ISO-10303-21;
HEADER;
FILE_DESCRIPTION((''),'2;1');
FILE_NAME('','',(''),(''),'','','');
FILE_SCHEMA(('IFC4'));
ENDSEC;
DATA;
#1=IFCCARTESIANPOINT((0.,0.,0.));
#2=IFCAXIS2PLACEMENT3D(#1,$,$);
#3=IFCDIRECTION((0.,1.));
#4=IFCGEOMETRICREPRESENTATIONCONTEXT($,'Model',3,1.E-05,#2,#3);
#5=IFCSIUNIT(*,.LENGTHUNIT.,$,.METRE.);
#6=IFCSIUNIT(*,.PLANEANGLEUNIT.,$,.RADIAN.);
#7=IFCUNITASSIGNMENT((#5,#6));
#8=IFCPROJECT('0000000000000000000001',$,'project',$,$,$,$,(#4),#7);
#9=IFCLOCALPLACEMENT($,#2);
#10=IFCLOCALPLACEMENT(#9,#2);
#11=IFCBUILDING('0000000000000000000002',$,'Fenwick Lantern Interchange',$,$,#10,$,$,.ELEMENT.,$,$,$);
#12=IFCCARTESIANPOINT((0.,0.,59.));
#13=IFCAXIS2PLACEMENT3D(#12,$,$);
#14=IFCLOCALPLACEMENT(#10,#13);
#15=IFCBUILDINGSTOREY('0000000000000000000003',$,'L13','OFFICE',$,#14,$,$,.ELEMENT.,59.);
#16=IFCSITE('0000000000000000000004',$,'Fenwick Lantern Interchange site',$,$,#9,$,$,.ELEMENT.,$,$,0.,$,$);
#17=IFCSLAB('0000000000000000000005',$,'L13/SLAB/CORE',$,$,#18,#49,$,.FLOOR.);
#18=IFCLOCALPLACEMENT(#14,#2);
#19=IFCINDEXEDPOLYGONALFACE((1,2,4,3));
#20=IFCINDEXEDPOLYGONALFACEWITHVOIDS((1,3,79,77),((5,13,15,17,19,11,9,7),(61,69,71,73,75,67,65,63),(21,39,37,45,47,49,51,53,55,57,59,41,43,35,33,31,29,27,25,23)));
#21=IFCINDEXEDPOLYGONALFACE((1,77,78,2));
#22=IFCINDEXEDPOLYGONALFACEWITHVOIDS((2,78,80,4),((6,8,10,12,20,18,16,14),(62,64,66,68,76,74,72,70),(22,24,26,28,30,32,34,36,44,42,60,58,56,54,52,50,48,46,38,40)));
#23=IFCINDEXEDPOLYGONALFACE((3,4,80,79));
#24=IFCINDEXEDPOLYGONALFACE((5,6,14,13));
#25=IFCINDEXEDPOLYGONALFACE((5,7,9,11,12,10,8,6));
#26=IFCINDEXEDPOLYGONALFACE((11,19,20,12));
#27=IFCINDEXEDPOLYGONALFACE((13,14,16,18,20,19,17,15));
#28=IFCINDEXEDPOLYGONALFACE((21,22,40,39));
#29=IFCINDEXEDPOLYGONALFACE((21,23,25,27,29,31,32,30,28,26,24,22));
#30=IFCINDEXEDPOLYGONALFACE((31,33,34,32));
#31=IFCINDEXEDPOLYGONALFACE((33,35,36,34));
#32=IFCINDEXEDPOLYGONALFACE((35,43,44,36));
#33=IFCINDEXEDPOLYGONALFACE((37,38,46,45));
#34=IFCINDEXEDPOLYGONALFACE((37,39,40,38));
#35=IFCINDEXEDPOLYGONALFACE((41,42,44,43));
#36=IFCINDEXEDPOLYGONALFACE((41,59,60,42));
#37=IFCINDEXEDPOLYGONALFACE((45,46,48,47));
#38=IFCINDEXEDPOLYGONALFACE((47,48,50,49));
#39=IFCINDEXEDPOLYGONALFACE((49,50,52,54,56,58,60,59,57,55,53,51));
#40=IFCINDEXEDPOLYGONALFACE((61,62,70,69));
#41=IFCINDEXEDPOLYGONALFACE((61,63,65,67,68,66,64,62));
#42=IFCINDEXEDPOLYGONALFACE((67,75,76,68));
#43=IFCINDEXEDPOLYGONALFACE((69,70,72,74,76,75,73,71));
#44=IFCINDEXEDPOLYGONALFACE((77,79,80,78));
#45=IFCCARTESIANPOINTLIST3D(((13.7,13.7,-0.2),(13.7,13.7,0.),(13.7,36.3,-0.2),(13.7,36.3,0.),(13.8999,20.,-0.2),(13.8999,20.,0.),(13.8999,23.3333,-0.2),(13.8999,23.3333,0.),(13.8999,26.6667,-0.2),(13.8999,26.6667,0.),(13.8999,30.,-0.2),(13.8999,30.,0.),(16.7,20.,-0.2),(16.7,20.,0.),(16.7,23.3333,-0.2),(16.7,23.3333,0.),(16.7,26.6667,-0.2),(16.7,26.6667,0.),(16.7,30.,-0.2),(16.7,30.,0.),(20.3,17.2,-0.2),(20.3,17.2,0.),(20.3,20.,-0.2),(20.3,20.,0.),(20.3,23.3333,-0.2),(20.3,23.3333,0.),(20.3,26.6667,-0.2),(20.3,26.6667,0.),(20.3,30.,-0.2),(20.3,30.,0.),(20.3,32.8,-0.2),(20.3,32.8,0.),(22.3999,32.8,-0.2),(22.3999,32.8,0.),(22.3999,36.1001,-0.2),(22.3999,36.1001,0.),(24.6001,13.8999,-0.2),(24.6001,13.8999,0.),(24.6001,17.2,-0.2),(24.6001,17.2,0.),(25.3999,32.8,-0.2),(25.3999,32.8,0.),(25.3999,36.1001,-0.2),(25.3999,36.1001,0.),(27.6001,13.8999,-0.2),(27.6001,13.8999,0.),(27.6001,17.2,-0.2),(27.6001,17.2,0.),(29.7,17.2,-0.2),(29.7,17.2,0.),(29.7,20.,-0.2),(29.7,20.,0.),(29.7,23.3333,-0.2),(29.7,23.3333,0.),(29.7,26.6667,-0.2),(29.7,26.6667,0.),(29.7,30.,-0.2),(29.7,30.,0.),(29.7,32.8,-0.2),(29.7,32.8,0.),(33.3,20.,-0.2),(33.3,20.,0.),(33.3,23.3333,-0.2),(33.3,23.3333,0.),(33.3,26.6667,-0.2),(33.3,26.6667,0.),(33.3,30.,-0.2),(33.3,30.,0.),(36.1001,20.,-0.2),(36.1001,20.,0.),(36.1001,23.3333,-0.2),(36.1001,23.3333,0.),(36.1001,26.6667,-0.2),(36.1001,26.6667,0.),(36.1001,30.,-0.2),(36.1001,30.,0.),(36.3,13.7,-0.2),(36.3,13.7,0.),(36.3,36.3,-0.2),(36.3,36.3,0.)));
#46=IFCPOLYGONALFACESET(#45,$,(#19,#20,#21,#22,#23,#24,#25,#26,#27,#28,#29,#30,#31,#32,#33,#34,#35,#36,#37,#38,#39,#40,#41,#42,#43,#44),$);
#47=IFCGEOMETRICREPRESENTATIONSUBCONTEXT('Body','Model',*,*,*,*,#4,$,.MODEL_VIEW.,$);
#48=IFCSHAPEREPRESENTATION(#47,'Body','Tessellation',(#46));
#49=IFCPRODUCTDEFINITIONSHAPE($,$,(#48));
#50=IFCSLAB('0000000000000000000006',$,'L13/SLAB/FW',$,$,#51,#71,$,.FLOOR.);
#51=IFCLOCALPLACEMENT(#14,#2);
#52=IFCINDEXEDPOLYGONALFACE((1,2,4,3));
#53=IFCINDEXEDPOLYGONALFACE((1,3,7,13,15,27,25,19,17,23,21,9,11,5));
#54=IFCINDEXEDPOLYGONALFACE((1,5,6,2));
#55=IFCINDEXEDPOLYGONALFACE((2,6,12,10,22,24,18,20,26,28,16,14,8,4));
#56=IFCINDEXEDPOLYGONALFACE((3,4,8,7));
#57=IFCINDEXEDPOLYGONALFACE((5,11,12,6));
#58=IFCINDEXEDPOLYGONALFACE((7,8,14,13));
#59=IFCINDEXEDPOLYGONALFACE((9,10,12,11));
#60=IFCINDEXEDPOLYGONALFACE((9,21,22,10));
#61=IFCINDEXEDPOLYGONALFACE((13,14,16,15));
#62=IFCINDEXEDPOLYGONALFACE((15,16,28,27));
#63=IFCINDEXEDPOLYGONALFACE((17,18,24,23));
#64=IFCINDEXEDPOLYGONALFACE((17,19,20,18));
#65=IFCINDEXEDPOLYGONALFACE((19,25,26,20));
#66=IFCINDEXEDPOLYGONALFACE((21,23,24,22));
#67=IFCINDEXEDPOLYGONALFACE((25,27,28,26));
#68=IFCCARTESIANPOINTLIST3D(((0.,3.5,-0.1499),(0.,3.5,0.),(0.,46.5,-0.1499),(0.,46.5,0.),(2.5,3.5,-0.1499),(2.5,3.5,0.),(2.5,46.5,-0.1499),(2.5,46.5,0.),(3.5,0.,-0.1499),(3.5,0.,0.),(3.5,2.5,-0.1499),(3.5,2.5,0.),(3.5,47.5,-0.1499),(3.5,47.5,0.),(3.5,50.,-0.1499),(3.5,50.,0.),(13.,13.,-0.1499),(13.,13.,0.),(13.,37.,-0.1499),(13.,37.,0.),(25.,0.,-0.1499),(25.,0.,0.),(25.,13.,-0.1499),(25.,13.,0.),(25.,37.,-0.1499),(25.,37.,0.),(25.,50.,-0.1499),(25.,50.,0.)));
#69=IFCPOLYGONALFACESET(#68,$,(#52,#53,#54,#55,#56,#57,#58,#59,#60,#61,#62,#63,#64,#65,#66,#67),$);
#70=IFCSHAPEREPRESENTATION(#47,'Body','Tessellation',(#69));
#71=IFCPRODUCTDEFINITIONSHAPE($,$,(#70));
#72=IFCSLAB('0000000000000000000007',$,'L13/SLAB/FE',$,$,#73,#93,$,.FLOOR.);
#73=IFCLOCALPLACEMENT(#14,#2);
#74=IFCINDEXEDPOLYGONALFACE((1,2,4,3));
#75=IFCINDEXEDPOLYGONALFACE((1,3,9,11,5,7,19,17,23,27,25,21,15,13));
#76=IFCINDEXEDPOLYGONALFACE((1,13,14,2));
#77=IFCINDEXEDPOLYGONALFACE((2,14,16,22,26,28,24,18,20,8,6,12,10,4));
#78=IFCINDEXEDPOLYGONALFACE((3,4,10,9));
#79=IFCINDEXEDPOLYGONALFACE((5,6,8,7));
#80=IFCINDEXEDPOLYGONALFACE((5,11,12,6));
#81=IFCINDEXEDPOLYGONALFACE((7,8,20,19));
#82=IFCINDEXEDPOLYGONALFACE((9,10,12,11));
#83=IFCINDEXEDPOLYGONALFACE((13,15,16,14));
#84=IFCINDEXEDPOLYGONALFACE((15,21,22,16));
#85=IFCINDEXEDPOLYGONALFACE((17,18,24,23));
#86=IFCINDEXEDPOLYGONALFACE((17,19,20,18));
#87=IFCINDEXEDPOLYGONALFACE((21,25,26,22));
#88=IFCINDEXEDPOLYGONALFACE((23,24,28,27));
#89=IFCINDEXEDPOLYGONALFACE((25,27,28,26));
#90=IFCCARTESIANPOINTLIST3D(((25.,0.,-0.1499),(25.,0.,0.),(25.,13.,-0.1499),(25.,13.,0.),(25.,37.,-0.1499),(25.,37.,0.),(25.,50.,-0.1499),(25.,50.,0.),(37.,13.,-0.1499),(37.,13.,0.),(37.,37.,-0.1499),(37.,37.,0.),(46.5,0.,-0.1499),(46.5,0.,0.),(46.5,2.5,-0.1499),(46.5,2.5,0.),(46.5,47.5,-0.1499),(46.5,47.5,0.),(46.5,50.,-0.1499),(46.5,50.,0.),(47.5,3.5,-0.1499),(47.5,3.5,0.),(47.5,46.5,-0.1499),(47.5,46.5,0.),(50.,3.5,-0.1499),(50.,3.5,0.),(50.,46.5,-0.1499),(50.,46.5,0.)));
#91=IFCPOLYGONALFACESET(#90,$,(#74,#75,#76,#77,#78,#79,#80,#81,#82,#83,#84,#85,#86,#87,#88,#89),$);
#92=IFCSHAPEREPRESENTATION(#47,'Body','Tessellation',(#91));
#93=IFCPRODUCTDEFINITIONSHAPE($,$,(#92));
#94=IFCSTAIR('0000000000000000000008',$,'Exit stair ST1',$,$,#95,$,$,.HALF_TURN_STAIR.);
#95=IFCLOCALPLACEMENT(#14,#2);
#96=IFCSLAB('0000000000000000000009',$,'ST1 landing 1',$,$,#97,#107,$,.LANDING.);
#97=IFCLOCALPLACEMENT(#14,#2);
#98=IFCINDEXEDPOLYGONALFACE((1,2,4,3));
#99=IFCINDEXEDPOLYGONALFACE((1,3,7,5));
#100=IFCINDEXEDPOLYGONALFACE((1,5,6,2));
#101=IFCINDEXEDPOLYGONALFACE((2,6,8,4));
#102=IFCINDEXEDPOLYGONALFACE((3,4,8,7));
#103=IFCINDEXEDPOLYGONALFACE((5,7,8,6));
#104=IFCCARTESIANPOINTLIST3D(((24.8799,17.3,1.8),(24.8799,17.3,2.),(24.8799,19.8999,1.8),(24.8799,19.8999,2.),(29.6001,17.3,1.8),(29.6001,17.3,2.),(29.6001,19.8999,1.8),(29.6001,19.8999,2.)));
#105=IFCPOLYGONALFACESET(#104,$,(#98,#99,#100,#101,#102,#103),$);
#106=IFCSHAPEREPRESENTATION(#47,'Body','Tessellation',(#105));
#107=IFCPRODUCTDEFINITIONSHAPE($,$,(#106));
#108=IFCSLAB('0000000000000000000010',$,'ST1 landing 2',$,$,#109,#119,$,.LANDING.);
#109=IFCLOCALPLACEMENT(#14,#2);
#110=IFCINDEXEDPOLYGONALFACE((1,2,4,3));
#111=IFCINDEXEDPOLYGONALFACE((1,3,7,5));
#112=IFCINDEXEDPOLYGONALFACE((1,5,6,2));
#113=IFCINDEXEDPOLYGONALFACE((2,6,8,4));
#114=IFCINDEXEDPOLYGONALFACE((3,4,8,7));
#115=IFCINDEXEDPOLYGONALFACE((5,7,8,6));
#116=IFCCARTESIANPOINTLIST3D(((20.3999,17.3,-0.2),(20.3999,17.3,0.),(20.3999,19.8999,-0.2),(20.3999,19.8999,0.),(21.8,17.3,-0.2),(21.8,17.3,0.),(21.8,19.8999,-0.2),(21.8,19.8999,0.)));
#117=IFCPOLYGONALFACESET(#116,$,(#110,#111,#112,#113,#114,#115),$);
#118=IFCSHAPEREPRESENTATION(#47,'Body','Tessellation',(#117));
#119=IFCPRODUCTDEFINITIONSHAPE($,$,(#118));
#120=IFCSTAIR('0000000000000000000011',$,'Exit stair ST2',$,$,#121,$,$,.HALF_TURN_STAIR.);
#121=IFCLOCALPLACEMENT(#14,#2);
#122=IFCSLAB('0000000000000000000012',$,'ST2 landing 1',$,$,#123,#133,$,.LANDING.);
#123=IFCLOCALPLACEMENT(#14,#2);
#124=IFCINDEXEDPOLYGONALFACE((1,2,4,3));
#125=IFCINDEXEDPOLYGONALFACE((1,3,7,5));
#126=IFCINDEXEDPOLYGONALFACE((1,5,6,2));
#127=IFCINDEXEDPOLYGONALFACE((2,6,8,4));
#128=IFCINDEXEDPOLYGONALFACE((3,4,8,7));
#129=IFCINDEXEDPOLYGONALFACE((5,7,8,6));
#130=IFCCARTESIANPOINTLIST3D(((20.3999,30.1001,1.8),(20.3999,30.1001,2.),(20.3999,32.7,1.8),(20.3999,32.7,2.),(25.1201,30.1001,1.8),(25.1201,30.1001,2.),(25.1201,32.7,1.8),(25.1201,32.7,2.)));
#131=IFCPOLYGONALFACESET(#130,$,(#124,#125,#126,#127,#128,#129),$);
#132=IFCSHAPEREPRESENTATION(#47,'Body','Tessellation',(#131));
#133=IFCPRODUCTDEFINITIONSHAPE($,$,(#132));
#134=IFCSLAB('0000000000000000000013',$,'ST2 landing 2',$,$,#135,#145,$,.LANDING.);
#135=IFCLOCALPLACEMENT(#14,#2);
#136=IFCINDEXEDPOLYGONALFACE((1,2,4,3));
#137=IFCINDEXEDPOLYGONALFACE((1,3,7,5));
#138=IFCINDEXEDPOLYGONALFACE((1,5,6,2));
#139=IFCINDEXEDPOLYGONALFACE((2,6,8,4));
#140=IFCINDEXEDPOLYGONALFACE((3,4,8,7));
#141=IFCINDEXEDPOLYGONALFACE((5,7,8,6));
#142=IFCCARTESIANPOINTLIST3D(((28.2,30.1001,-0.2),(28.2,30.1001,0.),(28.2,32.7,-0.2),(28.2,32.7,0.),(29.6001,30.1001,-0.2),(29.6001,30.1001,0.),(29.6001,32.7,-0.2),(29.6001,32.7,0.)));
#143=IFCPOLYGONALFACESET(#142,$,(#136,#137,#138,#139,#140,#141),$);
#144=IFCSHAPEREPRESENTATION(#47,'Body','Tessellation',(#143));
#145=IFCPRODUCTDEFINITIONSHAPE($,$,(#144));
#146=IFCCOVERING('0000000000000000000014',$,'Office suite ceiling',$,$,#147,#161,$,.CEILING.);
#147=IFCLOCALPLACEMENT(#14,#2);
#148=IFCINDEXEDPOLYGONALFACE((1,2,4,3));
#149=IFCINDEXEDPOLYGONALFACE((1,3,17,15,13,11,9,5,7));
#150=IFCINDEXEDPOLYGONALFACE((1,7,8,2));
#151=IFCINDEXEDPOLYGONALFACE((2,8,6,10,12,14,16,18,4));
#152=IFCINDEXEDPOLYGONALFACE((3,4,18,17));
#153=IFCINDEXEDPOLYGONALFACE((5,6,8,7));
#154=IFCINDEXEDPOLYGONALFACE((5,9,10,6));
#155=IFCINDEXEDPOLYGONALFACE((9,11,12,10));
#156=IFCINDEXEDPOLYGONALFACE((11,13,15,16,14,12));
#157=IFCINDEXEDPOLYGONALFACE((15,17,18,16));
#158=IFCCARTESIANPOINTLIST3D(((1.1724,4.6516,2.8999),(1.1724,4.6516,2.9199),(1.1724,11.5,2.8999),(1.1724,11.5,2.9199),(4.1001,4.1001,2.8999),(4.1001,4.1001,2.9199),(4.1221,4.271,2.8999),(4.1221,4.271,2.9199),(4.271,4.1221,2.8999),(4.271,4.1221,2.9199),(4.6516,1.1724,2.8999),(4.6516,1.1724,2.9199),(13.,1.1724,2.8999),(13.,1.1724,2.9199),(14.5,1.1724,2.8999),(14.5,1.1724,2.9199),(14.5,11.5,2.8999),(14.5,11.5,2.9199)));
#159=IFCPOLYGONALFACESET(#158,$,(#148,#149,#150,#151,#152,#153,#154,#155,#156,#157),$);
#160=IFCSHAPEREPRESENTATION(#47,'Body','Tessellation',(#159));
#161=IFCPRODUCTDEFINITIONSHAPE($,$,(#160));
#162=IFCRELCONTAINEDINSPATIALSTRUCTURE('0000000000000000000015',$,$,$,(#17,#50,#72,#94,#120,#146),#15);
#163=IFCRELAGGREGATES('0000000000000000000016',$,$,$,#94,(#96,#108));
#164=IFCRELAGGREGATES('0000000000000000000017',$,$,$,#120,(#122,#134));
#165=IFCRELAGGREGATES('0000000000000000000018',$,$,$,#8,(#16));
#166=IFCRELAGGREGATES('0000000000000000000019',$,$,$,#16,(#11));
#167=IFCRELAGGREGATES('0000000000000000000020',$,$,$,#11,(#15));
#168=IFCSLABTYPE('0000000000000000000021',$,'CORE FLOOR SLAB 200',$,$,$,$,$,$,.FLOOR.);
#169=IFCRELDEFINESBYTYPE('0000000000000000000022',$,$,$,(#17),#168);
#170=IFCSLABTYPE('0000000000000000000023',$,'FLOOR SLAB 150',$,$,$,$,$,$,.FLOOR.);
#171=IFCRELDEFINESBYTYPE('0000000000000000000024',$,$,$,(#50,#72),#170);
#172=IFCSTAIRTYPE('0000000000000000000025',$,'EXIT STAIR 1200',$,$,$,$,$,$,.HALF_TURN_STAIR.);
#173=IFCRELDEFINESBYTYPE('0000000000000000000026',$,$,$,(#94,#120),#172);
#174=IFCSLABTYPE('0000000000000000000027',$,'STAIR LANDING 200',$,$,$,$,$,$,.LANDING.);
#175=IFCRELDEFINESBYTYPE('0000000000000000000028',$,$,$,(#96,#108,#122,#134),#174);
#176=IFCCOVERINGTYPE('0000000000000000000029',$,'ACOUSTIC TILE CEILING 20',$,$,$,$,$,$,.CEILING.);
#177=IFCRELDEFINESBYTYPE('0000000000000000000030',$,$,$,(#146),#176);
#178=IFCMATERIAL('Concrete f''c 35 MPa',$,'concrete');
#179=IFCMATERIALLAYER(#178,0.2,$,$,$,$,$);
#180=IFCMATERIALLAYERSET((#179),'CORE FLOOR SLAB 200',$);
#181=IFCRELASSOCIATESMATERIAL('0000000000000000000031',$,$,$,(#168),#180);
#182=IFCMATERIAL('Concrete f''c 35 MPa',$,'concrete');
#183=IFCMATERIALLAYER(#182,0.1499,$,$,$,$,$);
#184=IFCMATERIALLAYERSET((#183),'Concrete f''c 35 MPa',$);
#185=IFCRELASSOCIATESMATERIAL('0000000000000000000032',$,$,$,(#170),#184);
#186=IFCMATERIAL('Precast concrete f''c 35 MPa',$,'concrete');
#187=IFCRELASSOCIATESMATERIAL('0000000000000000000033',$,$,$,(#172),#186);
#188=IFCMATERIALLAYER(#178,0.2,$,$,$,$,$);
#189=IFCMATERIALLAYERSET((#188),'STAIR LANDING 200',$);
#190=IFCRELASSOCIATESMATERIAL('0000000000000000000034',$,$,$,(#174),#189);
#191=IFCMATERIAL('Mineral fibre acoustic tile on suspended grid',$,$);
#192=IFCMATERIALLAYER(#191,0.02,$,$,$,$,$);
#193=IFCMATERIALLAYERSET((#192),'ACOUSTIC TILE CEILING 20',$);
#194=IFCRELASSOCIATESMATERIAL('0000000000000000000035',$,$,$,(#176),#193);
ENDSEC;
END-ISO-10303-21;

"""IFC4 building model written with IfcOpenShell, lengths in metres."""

from ifc_helpers import new_model, si_unit, direction, frame, origin, place, context, subcontext, project, spatial, polyline, outline, extrude, material, layer, layer_set, type_object, element, aggregate, save


model = new_model("IFC4")

# Units and contexts
model_context = context("Model", 3, precision=1e-05, world=origin(), true_north=direction((0.0, 1.0)))
body_context = subcontext(model_context, "Body", "Model", "MODEL_VIEW")
ifc_project = project(units=[si_unit("LENGTHUNIT", "METRE"), si_unit("PLANEANGLEUNIT", "RADIAN")], contexts=[model_context])

# Site, building, storey
site_placement = place(None, origin())
site = spatial("IfcSite", under=ifc_project, at=site_placement, Name="Fenwick Lantern Interchange site", CompositionType="ELEMENT", RefElevation=0.0)
building_placement = place(site_placement, origin())
building = spatial("IfcBuilding", under=site, at=building_placement, Name="Fenwick Lantern Interchange", CompositionType="ELEMENT")
storey_placement = place(building_placement, frame((0.0, 0.0, 59.0)))
storey = spatial("IfcBuildingStorey", under=building, at=storey_placement, Name="L13", Description="OFFICE", CompositionType="ELEMENT", Elevation=59.0)

# Slabs
ifc_material_1 = material(Name="Concrete f'c 35 MPa", Category="concrete")
ifc_layer_1 = layer(ifc_material_1, 0.2)
ifc_layer_set_1 = layer_set([ifc_layer_1], Name="CORE FLOOR SLAB 200")
slab_type_1 = type_object("IfcSlabType", Name="CORE FLOOR SLAB 200", PredefinedType="FLOOR", material=ifc_layer_set_1)
slab_1_placement = place(storey_placement, frame((0.0, 0.0, -0.2)))
element("IfcSlab", 1, at=slab_1_placement, inside=storey, type_object=slab_type_1, Name="L13/SLAB/CORE", PredefinedType="FLOOR", context=body_context, shape_type="SweptSolid", body=[
    extrude(outline(polyline([(13.7, 36.3), (36.3, 36.3), (36.3, 13.7), (13.7, 13.7), (13.7, 36.3)]), holes=[polyline([(13.8999, 20.0), (16.7, 20.0), (16.7, 23.3333), (16.7, 26.6667), (16.7, 30.0), (13.8999, 30.0), (13.8999, 26.6667), (13.8999, 23.3333), (13.8999, 20.0)]), polyline([(20.3, 20.0), (20.3, 17.2), (24.6001, 17.2), (24.6001, 13.8999), (27.6001, 13.8999), (27.6001, 17.2), (29.7, 17.2), (29.7, 20.0), (29.7, 23.3333), (29.7, 26.6667), (29.7, 30.0), (29.7, 32.8), (25.3999, 32.8), (25.3999, 36.1001), (22.3999, 36.1001), (22.3999, 32.8), (20.3, 32.8), (20.3, 30.0), (20.3, 26.6667), (20.3, 23.3333), (20.3, 20.0)]), polyline([(33.3, 23.3333), (33.3, 20.0), (36.1001, 20.0), (36.1001, 23.3333), (36.1001, 26.6667), (36.1001, 30.0), (33.3, 30.0), (33.3, 26.6667), (33.3, 23.3333)])]), origin(), (0.0, 0.0, 1.0), 0.2),
])
ifc_material_2 = material(Name="Concrete f'c 35 MPa", Category="concrete")
ifc_layer_2 = layer(ifc_material_2, 0.1499)
ifc_layer_set_2 = layer_set([ifc_layer_2], Name="Concrete f'c 35 MPa")
slab_type_2 = type_object("IfcSlabType", Name="FLOOR SLAB 150", PredefinedType="FLOOR", material=ifc_layer_set_2)
slab_2_placement = place(storey_placement, frame((0.0, 0.0, -0.1499)))
element("IfcSlab", 2, at=slab_2_placement, inside=storey, type_object=slab_type_2, Name="L13/SLAB/FW", PredefinedType="FLOOR", context=body_context, shape_type="SweptSolid", body=[
    extrude(outline(polyline([(3.5, 0.0), (3.5, 2.5), (2.5, 3.5), (0.0, 3.5), (0.0, 46.5), (2.5, 46.5), (3.5, 47.5), (3.5, 50.0), (25.0, 50.0), (25.0, 37.0), (13.0, 37.0), (13.0, 13.0), (25.0, 13.0), (25.0, 0.0), (3.5, 0.0)])), origin(), (0.0, 0.0, 1.0), 0.1499),
])
slab_3_placement = place(storey_placement, frame((0.0, 0.0, -0.1499)))
element("IfcSlab", 3, at=slab_3_placement, inside=storey, type_object=slab_type_2, Name="L13/SLAB/FE", PredefinedType="FLOOR", context=body_context, shape_type="SweptSolid", body=[
    extrude(outline(polyline([(46.5, 50.0), (46.5, 47.5), (47.5, 46.5), (50.0, 46.5), (50.0, 3.5), (47.5, 3.5), (46.5, 2.5), (46.5, 0.0), (25.0, 0.0), (25.0, 13.0), (37.0, 13.0), (37.0, 37.0), (25.0, 37.0), (25.0, 50.0), (46.5, 50.0)])), origin(), (0.0, 0.0, 1.0), 0.1499),
])

# Stairs, slabs
ifc_material_3 = material(Name="Precast concrete f'c 35 MPa", Category="concrete")
stair_type = type_object("IfcStairType", Name="EXIT STAIR 1200", PredefinedType="HALF_TURN_STAIR", material=ifc_material_3)
stair_1_placement = place(storey_placement, origin())
stair_1 = element("IfcStair", 4, at=stair_1_placement, inside=storey, type_object=stair_type, Name="Exit stair ST1", PredefinedType="HALF_TURN_STAIR")
ifc_layer_3 = layer(ifc_material_1, 0.2)
ifc_layer_set_3 = layer_set([ifc_layer_3], Name="STAIR LANDING 200")
slab_type_3 = type_object("IfcSlabType", Name="STAIR LANDING 200", PredefinedType="LANDING", material=ifc_layer_set_3)
slab_4_placement = place(storey_placement, frame((0.0, 0.0, 1.8)))
slab_4 = element("IfcSlab", 5, at=slab_4_placement, type_object=slab_type_3, Name="ST1 landing 1", PredefinedType="LANDING", context=body_context, shape_type="SweptSolid", body=[
    extrude(outline(polyline([(24.8799, 17.3), (29.6001, 17.3), (29.6001, 19.8999), (24.8799, 19.8999), (24.8799, 17.3)])), origin(), (0.0, 0.0, 1.0), 0.2),
])
slab_5_placement = place(storey_placement, frame((0.0, 0.0, -0.2)))
slab_5 = element("IfcSlab", 6, at=slab_5_placement, type_object=slab_type_3, Name="ST1 landing 2", PredefinedType="LANDING", context=body_context, shape_type="SweptSolid", body=[
    extrude(outline(polyline([(20.3999, 17.3), (21.8, 17.3), (21.8, 19.8999), (20.3999, 19.8999), (20.3999, 17.3)])), origin(), (0.0, 0.0, 1.0), 0.2),
])
aggregate(stair_1, [slab_4, slab_5])
stair_2_placement = place(storey_placement, origin())
stair_2 = element("IfcStair", 7, at=stair_2_placement, inside=storey, type_object=stair_type, Name="Exit stair ST2", PredefinedType="HALF_TURN_STAIR")
slab_6_placement = place(storey_placement, frame((0.0, 0.0, 1.8)))
slab_6 = element("IfcSlab", 8, at=slab_6_placement, type_object=slab_type_3, Name="ST2 landing 1", PredefinedType="LANDING", context=body_context, shape_type="SweptSolid", body=[
    extrude(outline(polyline([(25.1201, 32.7), (20.3999, 32.7), (20.3999, 30.1001), (25.1201, 30.1001), (25.1201, 32.7)])), origin(), (0.0, 0.0, 1.0), 0.2),
])
slab_7_placement = place(storey_placement, frame((0.0, 0.0, -0.2)))
slab_7 = element("IfcSlab", 9, at=slab_7_placement, type_object=slab_type_3, Name="ST2 landing 2", PredefinedType="LANDING", context=body_context, shape_type="SweptSolid", body=[
    extrude(outline(polyline([(29.6001, 32.7), (28.2, 32.7), (28.2, 30.1001), (29.6001, 30.1001), (29.6001, 32.7)])), origin(), (0.0, 0.0, 1.0), 0.2),
])
aggregate(stair_2, [slab_6, slab_7])

# Covering
ifc_material_4 = material(Name="Mineral fibre acoustic tile on suspended grid")
ifc_layer_4 = layer(ifc_material_4, 0.02)
ifc_layer_set_4 = layer_set([ifc_layer_4], Name="ACOUSTIC TILE CEILING 20")
covering_type_1 = type_object("IfcCoveringType", Name="ACOUSTIC TILE CEILING 20", PredefinedType="CEILING", material=ifc_layer_set_4)
covering_1_placement = place(storey_placement, frame((0.0, 0.0, 2.8999)))
element("IfcCovering", 10, at=covering_1_placement, inside=storey, type_object=covering_type_1, Name="Office suite ceiling", PredefinedType="CEILING", context=body_context, shape_type="SweptSolid", body=[
    extrude(outline(polyline([(14.5, 11.5), (1.1724, 11.5), (1.1724, 4.6516), (4.1221, 4.271), (4.1001, 4.1001), (4.271, 4.1221), (4.6516, 1.1724), (13.0, 1.1724), (14.5, 1.1724), (14.5, 11.5)])), origin(), (0.0, 0.0, 1.0), 0.02),
])

save(model, "model.ifc")
